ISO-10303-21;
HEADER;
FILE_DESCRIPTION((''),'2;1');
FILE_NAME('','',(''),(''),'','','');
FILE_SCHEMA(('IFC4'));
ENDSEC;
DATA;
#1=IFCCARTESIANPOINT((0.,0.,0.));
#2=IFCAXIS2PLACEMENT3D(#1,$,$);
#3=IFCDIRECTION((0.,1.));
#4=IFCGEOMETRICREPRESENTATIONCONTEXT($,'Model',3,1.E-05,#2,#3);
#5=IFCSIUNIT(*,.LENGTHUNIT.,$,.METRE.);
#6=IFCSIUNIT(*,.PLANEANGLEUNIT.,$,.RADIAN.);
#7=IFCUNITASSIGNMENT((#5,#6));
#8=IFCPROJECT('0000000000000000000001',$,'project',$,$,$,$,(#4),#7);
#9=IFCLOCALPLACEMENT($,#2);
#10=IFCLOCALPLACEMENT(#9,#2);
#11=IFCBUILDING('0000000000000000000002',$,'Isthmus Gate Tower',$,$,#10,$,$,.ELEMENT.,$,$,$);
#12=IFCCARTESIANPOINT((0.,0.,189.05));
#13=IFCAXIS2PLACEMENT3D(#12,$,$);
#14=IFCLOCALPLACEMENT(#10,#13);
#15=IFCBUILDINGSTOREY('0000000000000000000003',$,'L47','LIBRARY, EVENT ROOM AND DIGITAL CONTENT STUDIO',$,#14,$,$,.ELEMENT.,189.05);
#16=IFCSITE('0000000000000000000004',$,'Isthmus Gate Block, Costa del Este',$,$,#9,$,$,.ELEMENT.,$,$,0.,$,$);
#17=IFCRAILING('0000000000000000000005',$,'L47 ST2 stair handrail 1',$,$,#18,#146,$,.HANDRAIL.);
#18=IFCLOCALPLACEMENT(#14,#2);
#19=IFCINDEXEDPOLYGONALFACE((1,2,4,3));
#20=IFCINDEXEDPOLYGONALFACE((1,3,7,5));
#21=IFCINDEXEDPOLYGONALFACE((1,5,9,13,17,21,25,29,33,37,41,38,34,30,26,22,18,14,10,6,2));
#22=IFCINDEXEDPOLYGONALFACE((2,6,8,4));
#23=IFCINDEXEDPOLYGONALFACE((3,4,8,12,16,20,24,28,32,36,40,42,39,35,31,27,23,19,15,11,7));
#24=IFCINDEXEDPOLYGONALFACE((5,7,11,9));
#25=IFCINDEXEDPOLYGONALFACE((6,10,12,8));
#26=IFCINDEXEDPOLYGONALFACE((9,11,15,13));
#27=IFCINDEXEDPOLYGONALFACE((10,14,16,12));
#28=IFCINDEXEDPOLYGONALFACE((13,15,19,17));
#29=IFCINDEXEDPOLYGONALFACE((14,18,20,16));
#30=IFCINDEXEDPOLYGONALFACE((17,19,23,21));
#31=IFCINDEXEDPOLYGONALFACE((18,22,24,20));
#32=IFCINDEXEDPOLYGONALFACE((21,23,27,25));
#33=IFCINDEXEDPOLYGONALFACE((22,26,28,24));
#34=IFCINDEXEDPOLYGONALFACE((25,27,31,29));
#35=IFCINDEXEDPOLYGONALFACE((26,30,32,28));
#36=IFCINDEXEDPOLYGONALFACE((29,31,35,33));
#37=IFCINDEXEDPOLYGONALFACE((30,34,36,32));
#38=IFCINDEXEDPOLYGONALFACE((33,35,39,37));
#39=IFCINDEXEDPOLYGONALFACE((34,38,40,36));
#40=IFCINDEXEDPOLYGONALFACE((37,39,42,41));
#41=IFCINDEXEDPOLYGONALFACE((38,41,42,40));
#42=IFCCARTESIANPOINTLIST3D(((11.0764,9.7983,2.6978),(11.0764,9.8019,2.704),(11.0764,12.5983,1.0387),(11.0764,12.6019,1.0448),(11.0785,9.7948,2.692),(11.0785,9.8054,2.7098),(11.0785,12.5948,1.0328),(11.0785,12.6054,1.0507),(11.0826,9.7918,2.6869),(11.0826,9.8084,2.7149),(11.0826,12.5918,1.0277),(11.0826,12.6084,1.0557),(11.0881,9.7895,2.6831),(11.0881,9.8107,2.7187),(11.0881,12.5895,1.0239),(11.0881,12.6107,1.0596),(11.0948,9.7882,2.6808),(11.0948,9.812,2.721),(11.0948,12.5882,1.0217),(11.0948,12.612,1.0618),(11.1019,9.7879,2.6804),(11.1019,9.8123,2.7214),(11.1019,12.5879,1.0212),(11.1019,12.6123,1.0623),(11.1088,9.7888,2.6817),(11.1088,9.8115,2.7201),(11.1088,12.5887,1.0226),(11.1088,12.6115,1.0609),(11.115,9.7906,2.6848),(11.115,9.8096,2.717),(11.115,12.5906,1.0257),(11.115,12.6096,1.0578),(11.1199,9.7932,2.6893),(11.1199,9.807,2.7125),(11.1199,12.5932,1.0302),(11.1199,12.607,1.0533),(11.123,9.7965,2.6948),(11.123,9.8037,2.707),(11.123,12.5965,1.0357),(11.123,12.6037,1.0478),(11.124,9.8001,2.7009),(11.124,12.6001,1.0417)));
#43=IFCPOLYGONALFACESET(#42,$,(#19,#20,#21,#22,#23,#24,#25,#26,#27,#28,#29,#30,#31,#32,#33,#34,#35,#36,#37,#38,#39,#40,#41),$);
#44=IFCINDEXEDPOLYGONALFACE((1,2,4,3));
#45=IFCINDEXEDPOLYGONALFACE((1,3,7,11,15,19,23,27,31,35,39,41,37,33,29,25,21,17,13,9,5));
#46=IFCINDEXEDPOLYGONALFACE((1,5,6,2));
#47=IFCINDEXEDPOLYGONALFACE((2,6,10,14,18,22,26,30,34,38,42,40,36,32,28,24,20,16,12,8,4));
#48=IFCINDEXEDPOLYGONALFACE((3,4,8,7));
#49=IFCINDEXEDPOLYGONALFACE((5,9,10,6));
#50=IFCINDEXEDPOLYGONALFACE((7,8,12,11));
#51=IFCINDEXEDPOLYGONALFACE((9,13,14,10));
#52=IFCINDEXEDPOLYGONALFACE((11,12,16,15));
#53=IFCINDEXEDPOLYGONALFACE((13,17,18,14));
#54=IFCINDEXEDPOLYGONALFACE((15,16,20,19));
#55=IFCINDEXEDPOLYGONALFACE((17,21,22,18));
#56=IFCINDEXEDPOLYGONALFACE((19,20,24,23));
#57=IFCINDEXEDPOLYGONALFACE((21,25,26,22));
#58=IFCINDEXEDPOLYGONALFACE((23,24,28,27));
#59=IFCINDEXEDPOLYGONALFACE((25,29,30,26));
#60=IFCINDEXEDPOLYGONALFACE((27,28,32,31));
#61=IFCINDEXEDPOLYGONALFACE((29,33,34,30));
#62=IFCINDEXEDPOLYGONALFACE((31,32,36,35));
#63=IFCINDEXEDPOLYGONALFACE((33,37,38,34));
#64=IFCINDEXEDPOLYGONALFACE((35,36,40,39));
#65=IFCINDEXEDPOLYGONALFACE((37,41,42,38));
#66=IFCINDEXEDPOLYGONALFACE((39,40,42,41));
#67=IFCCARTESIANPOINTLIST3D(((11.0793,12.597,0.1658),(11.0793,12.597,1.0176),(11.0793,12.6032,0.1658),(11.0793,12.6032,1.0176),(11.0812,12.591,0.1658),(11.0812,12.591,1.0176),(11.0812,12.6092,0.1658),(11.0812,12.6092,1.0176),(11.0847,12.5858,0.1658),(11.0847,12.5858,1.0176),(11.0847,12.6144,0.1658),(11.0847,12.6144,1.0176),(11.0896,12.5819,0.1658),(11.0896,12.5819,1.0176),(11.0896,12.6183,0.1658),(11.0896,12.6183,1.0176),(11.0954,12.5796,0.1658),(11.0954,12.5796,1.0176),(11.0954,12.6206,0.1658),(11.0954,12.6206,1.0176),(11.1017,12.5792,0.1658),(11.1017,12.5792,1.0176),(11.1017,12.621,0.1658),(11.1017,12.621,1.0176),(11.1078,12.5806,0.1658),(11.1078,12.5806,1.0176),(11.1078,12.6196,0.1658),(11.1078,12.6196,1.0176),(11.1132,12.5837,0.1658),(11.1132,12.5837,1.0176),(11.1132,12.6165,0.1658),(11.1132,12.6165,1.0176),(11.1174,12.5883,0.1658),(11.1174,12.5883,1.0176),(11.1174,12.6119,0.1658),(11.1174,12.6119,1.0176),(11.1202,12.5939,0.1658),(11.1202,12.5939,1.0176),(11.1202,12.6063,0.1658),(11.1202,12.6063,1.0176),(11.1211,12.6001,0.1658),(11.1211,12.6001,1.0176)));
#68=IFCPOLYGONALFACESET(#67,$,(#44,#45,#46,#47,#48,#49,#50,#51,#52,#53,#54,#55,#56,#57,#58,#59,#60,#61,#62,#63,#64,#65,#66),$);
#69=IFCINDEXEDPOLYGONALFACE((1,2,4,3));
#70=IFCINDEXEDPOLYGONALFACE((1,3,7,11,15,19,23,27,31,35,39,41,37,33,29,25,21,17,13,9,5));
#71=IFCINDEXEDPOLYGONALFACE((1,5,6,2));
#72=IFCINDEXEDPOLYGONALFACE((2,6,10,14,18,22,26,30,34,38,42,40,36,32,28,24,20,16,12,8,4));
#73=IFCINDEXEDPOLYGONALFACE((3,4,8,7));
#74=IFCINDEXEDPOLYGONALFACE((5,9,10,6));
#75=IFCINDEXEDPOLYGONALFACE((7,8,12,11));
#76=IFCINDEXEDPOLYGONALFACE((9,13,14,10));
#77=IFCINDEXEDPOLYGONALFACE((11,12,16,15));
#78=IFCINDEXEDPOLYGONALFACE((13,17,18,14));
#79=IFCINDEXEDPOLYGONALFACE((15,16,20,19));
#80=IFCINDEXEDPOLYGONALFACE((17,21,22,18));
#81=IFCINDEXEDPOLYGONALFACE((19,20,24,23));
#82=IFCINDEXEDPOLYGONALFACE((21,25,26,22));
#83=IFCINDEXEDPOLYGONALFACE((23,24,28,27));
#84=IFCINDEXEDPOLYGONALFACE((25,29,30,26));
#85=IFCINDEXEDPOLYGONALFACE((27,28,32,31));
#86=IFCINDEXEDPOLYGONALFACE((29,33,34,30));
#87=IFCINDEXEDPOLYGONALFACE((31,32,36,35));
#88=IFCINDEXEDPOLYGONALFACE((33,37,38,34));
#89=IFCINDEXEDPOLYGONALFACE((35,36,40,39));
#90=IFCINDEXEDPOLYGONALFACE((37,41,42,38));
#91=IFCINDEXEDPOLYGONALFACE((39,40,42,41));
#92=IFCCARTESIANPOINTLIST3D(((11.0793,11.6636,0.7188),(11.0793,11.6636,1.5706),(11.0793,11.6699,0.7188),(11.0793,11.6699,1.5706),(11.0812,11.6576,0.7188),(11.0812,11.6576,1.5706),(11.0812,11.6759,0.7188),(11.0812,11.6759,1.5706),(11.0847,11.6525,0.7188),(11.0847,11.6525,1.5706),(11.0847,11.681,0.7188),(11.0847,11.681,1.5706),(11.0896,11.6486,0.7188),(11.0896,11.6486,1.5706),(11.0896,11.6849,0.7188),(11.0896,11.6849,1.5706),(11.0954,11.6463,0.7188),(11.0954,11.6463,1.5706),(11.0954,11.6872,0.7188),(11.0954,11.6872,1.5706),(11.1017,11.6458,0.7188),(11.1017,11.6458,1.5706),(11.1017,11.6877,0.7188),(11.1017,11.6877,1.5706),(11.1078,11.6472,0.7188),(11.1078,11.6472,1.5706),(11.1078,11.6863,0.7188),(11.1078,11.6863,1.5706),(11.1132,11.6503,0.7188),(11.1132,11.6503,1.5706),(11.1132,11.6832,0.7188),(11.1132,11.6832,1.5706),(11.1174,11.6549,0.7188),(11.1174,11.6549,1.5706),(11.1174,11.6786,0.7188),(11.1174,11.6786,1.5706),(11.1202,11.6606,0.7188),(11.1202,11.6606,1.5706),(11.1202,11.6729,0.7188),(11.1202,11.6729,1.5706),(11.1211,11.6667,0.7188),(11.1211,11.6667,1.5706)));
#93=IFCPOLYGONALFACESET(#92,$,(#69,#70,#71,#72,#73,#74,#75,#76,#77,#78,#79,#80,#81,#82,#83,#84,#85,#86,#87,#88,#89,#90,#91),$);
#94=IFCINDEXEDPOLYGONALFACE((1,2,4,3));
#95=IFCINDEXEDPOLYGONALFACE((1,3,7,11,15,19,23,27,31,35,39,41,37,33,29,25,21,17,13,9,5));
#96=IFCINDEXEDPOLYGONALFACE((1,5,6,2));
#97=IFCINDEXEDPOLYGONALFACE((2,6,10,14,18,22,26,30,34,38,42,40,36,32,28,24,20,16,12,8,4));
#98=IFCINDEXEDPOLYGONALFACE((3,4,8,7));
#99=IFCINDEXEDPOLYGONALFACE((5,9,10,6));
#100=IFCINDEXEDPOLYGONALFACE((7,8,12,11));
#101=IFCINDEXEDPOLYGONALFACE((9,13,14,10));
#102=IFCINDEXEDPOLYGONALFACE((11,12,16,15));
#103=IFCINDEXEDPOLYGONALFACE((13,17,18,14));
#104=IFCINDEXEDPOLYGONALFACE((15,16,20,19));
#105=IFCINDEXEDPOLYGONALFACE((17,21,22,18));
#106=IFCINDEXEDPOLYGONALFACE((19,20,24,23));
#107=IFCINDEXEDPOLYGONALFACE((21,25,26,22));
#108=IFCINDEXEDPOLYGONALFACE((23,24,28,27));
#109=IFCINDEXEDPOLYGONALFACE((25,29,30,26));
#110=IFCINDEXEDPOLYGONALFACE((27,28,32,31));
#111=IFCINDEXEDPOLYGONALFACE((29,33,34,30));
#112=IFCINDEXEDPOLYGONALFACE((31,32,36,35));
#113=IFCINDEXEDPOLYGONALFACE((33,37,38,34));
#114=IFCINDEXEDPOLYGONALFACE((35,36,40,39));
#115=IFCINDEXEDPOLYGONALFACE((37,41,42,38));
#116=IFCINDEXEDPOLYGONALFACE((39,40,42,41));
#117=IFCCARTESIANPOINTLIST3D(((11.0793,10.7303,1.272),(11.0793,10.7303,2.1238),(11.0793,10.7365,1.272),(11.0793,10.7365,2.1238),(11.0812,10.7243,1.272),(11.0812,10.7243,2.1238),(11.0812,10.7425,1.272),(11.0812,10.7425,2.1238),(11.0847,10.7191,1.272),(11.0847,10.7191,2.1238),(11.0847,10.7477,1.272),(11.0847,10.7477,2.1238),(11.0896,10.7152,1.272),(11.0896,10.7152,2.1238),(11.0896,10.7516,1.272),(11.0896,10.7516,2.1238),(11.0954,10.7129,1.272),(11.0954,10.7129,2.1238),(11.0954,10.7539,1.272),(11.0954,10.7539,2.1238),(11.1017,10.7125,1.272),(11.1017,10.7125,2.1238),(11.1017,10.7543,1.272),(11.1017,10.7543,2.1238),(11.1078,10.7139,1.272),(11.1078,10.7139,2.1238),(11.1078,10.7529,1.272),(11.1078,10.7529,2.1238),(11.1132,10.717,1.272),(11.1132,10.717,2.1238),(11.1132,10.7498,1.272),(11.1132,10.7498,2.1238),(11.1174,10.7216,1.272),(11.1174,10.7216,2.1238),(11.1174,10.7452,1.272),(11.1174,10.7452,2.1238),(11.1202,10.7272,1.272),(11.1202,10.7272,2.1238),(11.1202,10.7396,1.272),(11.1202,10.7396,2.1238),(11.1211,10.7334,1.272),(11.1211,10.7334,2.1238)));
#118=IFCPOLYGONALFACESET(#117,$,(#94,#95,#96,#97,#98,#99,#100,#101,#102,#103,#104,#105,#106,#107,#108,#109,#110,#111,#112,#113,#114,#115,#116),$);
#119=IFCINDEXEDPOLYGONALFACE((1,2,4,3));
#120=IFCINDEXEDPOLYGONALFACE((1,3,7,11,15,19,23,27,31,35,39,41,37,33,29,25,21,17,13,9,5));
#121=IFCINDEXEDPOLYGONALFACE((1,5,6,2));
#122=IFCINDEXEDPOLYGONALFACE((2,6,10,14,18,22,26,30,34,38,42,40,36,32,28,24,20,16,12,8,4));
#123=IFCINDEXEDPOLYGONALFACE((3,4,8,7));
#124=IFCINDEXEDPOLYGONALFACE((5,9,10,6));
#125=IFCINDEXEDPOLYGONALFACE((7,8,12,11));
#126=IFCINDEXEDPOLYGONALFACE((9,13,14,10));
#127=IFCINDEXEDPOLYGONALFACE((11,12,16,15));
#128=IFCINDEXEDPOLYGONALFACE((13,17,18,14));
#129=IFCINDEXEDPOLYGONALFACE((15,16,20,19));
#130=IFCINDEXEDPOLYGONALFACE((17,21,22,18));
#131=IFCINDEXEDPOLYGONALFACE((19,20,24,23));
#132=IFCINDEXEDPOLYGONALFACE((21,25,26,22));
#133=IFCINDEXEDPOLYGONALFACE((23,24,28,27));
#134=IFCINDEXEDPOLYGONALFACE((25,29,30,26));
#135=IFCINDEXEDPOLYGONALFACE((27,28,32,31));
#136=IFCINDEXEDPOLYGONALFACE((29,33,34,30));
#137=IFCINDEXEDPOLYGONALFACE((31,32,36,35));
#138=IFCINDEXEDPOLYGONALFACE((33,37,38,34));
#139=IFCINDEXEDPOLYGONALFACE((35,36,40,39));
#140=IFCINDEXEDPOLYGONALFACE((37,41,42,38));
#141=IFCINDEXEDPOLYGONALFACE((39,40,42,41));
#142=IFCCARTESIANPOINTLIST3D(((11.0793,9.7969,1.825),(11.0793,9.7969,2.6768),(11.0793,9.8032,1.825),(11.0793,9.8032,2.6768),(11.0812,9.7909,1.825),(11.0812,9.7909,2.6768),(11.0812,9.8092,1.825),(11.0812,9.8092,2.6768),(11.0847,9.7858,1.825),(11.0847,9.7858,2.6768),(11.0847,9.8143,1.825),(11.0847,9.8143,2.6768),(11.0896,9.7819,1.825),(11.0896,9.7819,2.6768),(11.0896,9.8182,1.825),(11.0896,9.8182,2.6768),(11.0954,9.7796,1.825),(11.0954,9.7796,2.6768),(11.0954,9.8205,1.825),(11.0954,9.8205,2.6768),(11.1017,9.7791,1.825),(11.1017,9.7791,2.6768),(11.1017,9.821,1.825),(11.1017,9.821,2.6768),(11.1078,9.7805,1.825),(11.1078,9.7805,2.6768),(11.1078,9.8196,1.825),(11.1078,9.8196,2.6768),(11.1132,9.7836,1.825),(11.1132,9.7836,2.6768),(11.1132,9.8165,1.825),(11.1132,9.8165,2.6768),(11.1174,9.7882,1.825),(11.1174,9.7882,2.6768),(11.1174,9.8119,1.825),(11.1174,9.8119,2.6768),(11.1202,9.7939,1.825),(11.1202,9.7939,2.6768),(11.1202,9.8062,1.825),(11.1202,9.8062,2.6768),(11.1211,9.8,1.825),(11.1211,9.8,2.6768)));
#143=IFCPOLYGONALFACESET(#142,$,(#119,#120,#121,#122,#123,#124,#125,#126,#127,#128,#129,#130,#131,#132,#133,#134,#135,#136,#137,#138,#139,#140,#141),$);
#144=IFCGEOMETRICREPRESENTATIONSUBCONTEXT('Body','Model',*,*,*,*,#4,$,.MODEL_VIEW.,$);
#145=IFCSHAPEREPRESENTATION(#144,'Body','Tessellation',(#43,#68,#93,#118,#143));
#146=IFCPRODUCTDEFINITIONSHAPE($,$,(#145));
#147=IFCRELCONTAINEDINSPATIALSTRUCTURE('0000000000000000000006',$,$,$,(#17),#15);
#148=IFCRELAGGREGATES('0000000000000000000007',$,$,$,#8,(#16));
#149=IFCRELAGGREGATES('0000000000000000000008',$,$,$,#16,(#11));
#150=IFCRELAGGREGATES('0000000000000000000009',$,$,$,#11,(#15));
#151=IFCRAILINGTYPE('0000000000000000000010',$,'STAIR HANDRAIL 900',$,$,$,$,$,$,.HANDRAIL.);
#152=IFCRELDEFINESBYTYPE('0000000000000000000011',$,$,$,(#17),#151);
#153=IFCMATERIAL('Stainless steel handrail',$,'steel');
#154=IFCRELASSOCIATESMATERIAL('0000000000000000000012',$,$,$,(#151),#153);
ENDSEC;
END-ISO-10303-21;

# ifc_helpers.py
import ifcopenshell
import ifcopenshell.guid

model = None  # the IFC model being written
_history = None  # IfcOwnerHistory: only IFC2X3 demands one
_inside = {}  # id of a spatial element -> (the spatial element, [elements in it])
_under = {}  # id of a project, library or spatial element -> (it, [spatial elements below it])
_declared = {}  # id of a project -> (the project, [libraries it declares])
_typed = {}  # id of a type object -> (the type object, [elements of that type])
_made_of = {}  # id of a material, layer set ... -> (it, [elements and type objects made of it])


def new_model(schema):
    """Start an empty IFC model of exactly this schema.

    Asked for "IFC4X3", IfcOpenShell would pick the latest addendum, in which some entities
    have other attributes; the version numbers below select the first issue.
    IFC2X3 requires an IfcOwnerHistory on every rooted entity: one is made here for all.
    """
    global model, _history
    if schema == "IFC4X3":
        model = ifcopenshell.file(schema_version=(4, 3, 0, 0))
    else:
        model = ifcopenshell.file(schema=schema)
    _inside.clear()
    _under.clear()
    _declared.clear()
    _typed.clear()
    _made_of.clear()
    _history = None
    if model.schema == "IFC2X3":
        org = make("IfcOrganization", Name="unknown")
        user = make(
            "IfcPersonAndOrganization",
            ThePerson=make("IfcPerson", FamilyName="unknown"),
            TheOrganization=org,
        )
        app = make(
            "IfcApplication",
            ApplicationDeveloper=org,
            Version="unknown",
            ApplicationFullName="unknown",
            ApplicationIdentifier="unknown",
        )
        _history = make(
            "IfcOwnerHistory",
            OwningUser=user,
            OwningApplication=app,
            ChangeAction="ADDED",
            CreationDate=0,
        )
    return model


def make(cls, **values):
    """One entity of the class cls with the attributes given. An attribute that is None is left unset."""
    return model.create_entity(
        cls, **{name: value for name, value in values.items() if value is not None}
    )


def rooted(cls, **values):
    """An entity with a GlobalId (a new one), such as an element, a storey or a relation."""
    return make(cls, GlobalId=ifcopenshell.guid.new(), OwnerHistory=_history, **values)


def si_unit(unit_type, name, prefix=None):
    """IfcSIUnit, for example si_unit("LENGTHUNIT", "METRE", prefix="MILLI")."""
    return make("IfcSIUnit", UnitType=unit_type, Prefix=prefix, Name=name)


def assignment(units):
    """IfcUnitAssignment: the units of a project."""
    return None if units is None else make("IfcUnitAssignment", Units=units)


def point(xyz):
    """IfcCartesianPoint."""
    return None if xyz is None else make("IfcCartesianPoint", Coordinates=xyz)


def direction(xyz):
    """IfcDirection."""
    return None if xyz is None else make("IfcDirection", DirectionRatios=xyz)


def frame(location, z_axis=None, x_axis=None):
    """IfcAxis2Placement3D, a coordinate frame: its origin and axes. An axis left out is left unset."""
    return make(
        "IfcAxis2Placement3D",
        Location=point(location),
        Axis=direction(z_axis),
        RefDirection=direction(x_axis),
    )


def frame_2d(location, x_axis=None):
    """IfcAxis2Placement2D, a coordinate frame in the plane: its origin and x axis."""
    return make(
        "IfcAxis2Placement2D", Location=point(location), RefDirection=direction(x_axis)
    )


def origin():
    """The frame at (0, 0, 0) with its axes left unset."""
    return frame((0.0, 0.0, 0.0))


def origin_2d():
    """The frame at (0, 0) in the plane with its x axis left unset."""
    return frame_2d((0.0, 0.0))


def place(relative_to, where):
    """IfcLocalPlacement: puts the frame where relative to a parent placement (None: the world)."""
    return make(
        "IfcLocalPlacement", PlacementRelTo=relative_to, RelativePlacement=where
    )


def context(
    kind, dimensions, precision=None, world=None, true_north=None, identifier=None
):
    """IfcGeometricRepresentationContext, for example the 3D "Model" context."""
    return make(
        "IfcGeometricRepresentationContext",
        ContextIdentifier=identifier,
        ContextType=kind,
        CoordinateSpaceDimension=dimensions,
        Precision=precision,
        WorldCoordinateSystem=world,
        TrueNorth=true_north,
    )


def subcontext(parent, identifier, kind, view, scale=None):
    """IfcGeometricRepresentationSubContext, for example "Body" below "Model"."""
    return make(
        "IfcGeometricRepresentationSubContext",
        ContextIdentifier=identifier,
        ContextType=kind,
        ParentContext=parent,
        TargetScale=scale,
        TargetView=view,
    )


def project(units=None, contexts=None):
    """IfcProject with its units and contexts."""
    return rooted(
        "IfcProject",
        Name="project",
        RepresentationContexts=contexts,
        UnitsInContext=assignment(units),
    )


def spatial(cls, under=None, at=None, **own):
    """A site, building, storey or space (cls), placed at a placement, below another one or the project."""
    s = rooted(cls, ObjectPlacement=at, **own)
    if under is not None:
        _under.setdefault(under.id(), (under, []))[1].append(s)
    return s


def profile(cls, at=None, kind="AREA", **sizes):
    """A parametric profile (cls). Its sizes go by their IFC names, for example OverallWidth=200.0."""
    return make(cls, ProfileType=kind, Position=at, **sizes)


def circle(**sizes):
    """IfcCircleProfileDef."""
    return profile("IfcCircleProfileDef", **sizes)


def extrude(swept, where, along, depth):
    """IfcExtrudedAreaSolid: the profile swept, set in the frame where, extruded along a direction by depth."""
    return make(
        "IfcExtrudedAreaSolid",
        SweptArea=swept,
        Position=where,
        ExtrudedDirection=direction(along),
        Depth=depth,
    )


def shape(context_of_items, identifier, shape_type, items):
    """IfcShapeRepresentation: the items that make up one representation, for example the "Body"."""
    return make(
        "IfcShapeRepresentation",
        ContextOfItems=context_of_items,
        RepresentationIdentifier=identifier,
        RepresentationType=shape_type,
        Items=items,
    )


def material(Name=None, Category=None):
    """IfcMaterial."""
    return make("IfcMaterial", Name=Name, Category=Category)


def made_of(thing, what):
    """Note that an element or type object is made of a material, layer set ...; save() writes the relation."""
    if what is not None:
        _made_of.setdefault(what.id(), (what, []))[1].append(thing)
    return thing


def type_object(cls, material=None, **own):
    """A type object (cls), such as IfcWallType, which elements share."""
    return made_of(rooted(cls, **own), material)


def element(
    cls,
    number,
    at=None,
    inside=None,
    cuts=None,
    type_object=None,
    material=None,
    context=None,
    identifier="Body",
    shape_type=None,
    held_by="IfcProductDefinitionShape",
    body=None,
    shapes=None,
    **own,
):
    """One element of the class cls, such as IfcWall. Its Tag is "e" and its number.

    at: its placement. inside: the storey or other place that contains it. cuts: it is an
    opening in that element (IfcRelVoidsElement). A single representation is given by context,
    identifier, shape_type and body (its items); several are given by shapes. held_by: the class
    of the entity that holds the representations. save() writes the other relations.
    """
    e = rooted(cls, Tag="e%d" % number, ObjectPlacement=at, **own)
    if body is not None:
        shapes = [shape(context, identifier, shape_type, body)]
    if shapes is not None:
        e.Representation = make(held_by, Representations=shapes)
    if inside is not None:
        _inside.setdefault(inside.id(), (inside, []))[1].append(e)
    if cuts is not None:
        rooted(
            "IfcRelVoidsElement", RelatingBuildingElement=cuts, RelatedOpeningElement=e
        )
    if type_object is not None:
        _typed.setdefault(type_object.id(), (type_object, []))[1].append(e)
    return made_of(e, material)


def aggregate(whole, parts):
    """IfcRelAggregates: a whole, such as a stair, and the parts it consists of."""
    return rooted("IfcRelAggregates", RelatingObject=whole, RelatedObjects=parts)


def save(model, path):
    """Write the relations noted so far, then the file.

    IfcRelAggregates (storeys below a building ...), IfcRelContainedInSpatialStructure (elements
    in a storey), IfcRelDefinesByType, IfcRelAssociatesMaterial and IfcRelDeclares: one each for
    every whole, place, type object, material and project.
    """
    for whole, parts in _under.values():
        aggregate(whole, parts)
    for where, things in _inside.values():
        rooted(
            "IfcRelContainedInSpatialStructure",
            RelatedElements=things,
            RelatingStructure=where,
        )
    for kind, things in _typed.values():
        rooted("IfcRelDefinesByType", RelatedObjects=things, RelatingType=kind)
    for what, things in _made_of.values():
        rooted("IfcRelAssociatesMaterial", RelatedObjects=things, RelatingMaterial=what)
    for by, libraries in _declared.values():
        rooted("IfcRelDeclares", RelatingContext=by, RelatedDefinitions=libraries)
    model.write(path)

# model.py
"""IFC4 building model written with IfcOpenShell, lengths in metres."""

from ifc_helpers import new_model, si_unit, direction, frame, origin, origin_2d, place, context, subcontext, project, spatial, circle, extrude, material, type_object, element, save


model = new_model("IFC4")

# Units and contexts
model_context = context("Model", 3, precision=1e-05, world=origin(), true_north=direction((0.0, 1.0)))
body_context = subcontext(model_context, "Body", "Model", "MODEL_VIEW")
ifc_project = project(units=[si_unit("LENGTHUNIT", "METRE"), si_unit("PLANEANGLEUNIT", "RADIAN")], contexts=[model_context])

# Site, building, storey
site_placement = place(None, origin())
site = spatial("IfcSite", under=ifc_project, at=site_placement, Name="Isthmus Gate Block, Costa del Este", CompositionType="ELEMENT", RefElevation=0.0)
building_placement = place(site_placement, origin())
building = spatial("IfcBuilding", under=site, at=building_placement, Name="Isthmus Gate Tower", CompositionType="ELEMENT")
storey_placement = place(building_placement, frame((0.0, 0.0, 189.05)))
storey = spatial("IfcBuildingStorey", under=building, at=storey_placement, Name="L47", Description="LIBRARY, EVENT ROOM AND DIGITAL CONTENT STUDIO", CompositionType="ELEMENT", Elevation=189.05)

# Railing
ifc_material_1 = material(Name="Stainless steel handrail", Category="steel")
railing_type_1 = type_object("IfcRailingType", Name="STAIR HANDRAIL 900", PredefinedType="HANDRAIL", material=ifc_material_1)
railing_1_placement = place(storey_placement, frame((11.1001, 12.6001, 0.1658)))
element("IfcRailing", 1, at=railing_1_placement, inside=storey, type_object=railing_type_1, Name="L47 ST2 stair handrail 1", PredefinedType="HANDRAIL", context=body_context, shape_type="SweptSolid", body=[
    extrude(circle(Radius=0.0239, at=origin_2d()), frame((0.0, 0.0, 0.876), z_axis=(0.0, -0.860306, 0.509778), x_axis=(1.0, 0.0, 0.0)), (0.0, 0.0, 1.0), 3.2546),
    extrude(circle(Radius=0.021, at=origin_2d()), origin(), (0.0, 0.0, 1.0), 0.8518),
    extrude(circle(Radius=0.021, at=origin_2d()), frame((0.0, -0.9333, 0.553)), (0.0, 0.0, 1.0), 0.8518),
    extrude(circle(Radius=0.021, at=origin_2d()), frame((0.0, -1.8667, 1.1062)), (0.0, 0.0, 1.0), 0.8518),
    extrude(circle(Radius=0.021, at=origin_2d()), frame((0.0, -2.8, 1.6592)), (0.0, 0.0, 1.0), 0.8518),
])

save(model, "model.ifc")
